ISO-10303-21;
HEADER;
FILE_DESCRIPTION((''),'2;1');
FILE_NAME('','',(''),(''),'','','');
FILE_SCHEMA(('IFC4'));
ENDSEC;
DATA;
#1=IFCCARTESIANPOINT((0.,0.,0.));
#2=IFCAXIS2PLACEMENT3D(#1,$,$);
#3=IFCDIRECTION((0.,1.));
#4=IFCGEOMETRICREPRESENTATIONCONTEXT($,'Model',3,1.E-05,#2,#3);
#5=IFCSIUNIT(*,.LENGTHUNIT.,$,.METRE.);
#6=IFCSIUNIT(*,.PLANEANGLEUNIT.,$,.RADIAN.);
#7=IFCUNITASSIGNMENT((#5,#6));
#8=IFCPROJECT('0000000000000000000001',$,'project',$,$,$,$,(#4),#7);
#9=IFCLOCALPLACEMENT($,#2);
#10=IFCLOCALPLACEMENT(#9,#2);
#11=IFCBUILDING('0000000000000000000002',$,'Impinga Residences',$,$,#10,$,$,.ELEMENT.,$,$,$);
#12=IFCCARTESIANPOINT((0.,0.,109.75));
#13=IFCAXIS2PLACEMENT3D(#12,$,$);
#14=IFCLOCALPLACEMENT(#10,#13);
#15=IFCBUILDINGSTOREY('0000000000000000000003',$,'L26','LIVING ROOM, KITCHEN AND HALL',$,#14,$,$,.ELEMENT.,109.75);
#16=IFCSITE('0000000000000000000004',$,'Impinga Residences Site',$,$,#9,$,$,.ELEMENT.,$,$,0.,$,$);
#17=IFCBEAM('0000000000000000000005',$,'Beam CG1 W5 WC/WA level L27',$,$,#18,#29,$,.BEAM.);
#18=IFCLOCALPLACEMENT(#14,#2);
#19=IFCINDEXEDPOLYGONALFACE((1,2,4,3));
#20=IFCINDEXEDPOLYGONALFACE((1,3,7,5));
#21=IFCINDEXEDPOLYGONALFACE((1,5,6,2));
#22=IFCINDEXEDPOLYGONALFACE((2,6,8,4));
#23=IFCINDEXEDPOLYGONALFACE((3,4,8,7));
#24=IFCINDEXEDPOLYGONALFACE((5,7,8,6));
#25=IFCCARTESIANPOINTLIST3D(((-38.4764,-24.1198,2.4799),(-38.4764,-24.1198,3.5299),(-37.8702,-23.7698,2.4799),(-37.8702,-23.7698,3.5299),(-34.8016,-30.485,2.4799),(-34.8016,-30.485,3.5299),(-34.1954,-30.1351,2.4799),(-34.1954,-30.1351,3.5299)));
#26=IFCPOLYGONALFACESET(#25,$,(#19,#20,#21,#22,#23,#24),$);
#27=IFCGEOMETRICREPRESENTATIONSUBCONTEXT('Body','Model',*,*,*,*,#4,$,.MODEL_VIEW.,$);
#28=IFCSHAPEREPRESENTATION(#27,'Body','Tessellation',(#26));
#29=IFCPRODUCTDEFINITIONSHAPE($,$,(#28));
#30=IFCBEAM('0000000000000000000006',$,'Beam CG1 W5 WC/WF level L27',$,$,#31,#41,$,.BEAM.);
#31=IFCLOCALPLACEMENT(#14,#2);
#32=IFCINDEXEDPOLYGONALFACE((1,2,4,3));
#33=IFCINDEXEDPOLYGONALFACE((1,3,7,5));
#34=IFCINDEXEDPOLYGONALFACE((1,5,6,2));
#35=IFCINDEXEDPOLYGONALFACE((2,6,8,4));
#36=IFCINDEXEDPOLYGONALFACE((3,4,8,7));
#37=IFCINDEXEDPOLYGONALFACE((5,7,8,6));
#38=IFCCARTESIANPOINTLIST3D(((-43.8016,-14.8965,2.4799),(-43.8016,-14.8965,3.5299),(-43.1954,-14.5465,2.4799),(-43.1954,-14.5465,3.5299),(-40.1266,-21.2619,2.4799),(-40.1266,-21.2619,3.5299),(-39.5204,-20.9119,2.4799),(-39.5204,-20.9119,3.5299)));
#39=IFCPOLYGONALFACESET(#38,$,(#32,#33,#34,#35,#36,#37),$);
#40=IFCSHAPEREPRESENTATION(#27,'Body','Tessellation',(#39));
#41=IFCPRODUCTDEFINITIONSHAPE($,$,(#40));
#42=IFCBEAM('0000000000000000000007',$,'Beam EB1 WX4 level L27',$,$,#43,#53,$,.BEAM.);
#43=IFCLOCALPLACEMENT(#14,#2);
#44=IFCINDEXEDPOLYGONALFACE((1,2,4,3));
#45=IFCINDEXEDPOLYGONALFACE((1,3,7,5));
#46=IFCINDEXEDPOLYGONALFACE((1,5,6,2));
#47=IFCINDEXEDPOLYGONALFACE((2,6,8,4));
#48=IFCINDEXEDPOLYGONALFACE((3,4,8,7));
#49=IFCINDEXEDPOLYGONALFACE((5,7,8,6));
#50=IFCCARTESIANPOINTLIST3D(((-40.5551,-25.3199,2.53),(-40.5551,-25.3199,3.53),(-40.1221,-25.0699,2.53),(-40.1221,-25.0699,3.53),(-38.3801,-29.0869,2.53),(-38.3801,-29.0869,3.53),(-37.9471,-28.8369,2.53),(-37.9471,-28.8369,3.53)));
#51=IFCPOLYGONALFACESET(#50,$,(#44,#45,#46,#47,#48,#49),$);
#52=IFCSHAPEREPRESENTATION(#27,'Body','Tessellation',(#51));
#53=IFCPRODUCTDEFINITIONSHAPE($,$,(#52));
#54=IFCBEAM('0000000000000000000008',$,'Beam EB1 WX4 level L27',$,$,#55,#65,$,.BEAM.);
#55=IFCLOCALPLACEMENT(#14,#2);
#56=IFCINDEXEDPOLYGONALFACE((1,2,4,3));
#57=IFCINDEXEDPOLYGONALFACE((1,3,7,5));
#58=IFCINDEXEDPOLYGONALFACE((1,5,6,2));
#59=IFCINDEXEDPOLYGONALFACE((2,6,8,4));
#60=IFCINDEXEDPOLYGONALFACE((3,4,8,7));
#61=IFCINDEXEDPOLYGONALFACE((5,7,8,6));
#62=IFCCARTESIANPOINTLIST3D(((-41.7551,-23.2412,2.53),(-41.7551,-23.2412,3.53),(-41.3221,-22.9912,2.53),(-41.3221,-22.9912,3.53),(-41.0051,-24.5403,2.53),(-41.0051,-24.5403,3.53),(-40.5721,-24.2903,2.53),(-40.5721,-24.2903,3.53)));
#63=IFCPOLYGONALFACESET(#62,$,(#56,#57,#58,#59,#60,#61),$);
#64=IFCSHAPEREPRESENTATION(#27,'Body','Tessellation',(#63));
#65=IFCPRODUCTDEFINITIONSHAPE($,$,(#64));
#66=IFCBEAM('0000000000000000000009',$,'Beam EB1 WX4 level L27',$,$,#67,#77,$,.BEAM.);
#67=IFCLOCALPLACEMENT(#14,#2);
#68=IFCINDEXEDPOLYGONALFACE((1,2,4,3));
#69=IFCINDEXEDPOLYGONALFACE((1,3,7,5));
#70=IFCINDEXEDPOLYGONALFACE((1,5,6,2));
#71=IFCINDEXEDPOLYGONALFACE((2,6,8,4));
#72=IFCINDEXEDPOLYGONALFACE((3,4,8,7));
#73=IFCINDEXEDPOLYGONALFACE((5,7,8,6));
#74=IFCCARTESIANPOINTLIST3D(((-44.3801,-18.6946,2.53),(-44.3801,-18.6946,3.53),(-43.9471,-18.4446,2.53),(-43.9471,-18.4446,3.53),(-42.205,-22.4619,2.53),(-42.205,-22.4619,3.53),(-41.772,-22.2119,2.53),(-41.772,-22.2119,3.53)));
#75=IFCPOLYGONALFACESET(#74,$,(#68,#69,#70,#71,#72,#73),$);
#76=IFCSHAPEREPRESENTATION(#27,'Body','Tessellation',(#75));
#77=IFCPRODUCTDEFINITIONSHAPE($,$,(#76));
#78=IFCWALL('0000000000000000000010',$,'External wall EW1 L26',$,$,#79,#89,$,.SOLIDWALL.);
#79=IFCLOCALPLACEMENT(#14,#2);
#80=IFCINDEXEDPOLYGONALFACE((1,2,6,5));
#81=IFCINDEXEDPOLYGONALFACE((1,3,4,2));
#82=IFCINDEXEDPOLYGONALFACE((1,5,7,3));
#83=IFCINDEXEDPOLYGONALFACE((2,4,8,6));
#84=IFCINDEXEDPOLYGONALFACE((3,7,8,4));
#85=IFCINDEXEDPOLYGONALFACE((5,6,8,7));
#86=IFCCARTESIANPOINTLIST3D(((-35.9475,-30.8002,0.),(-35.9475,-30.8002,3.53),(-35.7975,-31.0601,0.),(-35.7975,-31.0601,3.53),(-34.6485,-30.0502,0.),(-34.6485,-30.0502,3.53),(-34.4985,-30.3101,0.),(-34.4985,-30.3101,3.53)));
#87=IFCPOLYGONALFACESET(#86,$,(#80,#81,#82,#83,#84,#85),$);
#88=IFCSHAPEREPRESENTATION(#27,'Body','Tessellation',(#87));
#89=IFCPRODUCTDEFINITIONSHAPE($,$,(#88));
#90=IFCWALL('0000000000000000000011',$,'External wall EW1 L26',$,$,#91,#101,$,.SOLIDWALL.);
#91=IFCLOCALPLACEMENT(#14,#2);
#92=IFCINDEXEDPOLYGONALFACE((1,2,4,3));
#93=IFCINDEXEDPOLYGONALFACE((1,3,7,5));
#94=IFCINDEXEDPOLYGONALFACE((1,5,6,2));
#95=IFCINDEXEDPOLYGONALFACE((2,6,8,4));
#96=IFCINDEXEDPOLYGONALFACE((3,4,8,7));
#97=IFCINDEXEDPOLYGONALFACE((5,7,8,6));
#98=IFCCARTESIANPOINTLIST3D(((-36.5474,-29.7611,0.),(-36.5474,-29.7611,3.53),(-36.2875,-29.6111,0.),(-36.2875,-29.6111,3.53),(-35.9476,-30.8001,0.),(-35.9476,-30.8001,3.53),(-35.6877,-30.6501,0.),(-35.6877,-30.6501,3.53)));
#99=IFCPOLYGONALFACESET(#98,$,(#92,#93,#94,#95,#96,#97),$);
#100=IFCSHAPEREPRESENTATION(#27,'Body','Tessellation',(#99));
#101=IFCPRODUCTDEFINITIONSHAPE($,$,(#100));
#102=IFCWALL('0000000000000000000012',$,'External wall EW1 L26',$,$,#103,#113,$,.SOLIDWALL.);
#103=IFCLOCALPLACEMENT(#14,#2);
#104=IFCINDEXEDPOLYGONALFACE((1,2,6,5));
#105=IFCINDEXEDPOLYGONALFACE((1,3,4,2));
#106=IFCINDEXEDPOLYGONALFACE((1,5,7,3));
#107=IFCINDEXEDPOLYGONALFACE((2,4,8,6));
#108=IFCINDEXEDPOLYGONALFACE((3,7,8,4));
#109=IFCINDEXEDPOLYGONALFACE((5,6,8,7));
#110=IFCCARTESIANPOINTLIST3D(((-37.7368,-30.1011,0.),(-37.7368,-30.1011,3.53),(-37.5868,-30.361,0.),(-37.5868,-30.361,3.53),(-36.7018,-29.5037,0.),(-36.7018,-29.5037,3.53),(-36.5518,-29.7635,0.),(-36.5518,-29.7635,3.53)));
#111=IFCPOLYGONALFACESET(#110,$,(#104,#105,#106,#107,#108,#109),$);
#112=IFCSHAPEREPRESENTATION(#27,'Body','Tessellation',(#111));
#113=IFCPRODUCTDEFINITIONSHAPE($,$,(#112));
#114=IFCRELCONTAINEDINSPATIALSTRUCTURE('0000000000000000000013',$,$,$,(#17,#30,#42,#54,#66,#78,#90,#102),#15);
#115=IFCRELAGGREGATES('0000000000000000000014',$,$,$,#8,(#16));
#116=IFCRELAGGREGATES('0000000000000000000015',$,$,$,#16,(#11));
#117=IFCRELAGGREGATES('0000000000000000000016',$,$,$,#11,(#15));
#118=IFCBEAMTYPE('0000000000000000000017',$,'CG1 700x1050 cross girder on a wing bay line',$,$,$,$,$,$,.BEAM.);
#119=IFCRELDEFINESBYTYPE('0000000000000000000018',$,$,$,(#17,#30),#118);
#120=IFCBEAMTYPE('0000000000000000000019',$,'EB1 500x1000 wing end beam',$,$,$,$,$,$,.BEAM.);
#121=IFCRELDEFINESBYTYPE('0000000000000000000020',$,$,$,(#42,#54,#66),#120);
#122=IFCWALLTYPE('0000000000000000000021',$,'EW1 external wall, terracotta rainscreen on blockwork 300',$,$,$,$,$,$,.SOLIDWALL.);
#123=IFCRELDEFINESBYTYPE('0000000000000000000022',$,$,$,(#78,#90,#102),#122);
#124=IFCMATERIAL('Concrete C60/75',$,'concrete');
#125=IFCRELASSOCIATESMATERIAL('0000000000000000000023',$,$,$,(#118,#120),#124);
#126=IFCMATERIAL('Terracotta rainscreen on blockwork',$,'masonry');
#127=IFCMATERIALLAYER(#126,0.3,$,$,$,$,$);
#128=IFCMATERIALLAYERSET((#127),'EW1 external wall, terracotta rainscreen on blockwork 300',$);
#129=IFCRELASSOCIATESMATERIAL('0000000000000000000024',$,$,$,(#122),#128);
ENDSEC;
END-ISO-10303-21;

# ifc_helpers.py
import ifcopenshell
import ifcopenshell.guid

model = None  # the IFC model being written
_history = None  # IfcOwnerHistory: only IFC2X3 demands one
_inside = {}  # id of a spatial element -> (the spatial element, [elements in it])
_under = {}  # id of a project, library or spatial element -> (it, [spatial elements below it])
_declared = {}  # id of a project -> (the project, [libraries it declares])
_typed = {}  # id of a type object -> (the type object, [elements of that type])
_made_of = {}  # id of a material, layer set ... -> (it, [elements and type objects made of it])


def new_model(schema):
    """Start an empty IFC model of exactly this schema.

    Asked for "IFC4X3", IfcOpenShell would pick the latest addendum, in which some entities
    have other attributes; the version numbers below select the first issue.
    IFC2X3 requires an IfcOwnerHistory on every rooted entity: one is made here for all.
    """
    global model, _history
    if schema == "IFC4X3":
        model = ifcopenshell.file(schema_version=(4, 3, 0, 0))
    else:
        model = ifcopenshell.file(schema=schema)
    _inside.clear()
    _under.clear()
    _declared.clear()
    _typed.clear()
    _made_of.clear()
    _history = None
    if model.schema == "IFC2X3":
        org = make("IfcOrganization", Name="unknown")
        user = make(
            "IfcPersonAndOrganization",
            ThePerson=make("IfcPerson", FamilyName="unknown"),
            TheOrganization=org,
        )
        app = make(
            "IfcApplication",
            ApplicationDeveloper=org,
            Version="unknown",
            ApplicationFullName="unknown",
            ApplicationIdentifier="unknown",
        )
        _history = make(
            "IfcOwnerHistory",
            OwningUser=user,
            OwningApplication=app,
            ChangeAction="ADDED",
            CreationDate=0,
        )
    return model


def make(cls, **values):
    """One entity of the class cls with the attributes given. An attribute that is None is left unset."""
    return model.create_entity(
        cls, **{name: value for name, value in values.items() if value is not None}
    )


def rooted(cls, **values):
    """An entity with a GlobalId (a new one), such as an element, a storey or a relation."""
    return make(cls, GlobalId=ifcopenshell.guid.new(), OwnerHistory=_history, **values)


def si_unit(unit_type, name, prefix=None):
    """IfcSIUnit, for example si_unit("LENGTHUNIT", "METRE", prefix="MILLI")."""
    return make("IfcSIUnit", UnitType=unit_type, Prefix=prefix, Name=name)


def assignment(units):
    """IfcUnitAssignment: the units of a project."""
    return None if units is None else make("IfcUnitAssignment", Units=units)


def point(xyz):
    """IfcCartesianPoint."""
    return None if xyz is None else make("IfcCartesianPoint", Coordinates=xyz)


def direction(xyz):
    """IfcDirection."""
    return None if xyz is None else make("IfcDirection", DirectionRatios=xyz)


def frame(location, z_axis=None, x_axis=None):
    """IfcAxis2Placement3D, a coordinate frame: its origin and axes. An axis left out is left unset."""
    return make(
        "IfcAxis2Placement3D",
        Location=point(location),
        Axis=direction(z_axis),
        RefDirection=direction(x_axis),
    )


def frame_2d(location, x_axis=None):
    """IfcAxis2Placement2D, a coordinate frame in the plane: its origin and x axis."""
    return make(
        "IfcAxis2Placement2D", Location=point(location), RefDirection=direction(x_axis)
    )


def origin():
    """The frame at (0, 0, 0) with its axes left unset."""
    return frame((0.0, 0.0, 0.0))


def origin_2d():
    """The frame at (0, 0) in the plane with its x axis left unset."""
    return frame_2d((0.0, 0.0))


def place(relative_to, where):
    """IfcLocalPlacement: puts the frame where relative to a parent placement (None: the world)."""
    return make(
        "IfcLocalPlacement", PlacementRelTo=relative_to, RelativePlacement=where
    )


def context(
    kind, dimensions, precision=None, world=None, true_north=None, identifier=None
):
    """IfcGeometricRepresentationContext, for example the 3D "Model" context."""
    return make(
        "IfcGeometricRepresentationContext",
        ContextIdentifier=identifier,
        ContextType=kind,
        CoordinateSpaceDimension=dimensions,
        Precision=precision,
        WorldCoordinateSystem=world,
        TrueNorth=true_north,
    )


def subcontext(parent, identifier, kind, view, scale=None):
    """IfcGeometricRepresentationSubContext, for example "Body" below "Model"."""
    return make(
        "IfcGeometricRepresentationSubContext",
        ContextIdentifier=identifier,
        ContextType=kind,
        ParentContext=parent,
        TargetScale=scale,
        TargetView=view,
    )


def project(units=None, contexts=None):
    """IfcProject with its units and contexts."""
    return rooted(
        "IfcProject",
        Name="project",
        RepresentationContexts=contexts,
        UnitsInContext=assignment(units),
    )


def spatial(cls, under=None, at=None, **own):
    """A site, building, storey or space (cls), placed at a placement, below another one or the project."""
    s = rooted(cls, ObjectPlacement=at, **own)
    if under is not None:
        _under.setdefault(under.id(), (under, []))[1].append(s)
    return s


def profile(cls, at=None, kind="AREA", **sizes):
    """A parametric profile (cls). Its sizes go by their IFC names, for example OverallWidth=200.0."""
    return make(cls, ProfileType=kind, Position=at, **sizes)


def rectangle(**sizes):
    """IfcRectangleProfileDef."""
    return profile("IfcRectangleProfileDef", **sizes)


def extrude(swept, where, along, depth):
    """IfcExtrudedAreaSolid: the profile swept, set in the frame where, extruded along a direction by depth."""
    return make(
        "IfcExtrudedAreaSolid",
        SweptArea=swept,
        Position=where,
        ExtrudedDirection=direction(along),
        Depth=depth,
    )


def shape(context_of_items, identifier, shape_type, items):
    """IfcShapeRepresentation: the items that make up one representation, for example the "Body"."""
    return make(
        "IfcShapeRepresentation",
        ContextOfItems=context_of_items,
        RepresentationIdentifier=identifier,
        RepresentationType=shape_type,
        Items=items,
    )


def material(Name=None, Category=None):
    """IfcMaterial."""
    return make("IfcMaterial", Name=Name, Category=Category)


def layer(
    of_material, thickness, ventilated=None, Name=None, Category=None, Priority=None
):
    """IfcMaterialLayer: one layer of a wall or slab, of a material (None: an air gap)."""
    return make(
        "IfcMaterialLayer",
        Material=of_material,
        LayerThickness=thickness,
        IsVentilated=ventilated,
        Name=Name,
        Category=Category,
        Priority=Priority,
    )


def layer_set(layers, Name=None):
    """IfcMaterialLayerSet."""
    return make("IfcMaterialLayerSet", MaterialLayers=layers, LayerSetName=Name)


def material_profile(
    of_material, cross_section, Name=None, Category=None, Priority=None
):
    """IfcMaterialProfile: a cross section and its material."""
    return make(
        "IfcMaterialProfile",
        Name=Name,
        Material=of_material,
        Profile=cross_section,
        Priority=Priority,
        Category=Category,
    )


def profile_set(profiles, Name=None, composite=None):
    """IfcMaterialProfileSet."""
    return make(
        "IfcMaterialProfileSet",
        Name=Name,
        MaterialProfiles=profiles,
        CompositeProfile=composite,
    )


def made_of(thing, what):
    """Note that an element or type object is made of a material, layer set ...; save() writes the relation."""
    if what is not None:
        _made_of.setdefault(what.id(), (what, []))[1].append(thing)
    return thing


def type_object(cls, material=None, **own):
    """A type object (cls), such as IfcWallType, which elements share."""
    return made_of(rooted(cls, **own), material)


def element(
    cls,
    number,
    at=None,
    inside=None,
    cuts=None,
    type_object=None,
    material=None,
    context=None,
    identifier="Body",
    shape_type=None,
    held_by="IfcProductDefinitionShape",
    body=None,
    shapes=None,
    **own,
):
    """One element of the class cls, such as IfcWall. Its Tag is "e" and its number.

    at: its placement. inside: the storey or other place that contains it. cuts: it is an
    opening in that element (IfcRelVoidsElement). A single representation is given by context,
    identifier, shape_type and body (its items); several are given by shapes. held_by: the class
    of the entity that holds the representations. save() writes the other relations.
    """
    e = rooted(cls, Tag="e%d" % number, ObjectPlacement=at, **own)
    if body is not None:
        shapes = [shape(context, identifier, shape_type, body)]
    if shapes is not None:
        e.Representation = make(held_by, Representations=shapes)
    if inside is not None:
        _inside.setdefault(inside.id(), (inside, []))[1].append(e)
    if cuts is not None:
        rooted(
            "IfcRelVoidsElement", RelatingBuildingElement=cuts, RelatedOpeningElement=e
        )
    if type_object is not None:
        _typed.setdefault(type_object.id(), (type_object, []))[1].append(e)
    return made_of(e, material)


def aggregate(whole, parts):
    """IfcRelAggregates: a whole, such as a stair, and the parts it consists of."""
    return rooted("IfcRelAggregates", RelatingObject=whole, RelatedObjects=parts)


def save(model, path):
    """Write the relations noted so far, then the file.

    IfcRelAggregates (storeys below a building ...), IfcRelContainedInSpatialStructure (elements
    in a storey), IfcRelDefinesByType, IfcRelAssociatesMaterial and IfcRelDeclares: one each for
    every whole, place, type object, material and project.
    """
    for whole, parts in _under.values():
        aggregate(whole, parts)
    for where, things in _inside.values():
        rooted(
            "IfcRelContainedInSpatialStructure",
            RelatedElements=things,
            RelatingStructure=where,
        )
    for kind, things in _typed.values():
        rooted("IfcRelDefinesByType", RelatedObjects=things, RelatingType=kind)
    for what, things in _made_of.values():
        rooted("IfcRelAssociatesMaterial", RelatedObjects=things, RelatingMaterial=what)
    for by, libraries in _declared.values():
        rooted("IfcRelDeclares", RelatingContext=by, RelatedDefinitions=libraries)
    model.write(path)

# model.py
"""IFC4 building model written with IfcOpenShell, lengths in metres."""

from ifc_helpers import new_model, si_unit, direction, frame, frame_2d, origin, origin_2d, place, context, subcontext, project, spatial, rectangle, extrude, material, layer, layer_set, material_profile, profile_set, type_object, element, save


model = new_model("IFC4")

# Units and contexts
model_context = context("Model", 3, precision=1e-05, world=origin(), true_north=direction((0.0, 1.0)))
body_context = subcontext(model_context, "Body", "Model", "MODEL_VIEW")
ifc_project = project(units=[si_unit("LENGTHUNIT", "METRE"), si_unit("PLANEANGLEUNIT", "RADIAN")], contexts=[model_context])

# Site, building, storey
site_placement = place(None, origin())
site = spatial("IfcSite", under=ifc_project, at=site_placement, Name="Impinga Residences Site", CompositionType="ELEMENT", RefElevation=0.0)
building_placement = place(site_placement, origin())
building = spatial("IfcBuilding", under=site, at=building_placement, Name="Impinga Residences", CompositionType="ELEMENT")
storey_placement = place(building_placement, frame((0.0, 0.0, 109.75)))
storey = spatial("IfcBuildingStorey", under=building, at=storey_placement, Name="L26", Description="LIVING ROOM, KITCHEN AND HALL", CompositionType="ELEMENT", Elevation=109.75)

# Beams
ifc_material_1 = material(Name="Concrete C60/75", Category="concrete")
ifc_material_profile_1 = material_profile(ifc_material_1, rectangle(XDim=0.7, YDim=1.05, at=origin_2d()), Name="RC 700x1050")
ifc_profile_set_1 = profile_set([ifc_material_profile_1], Name="Concrete C60/75")
beam_type_1 = type_object("IfcBeamType", Name="CG1 700x1050 cross girder on a wing bay line", PredefinedType="BEAM", material=ifc_profile_set_1)
beam_1_placement = place(storey_placement, frame((-38.1733, -23.9448, 3.0049), z_axis=(0.499983, -0.866035, 0.0), x_axis=(0.866035, 0.499983, 0.0)))
element("IfcBeam", 1, at=beam_1_placement, inside=storey, type_object=beam_type_1, Name="Beam CG1 W5 WC/WA level L27", PredefinedType="BEAM", context=body_context, shape_type="SweptSolid", body=[
    extrude(rectangle(XDim=0.7, YDim=1.05, at=origin_2d()), origin(), (0.0, 0.0, 1.0), 7.3499),
])
beam_2_placement = place(storey_placement, frame((-39.8235, -21.0869, 3.0049), z_axis=(-0.499994, 0.866029, 0.0), x_axis=(-0.866029, -0.499994, 0.0)))
element("IfcBeam", 2, at=beam_2_placement, inside=storey, type_object=beam_type_1, Name="Beam CG1 W5 WC/WF level L27", PredefinedType="BEAM", context=body_context, shape_type="SweptSolid", body=[
    extrude(rectangle(XDim=0.7, YDim=1.05, at=origin_2d()), origin(), (0.0, 0.0, 1.0), 7.3501),
])
ifc_material_profile_2 = material_profile(ifc_material_1, rectangle(XDim=0.5, YDim=1.0, at=origin_2d()), Name="RC 500x1000")
ifc_profile_set_2 = profile_set([ifc_material_profile_2], Name="Concrete C60/75")
beam_type_2 = type_object("IfcBeamType", Name="EB1 500x1000 wing end beam", PredefinedType="BEAM", material=ifc_profile_set_2)
beam_3_placement = place(storey_placement, frame((-38.1636, -28.9619, 3.03), z_axis=(-0.50002, 0.866014, 0.0), x_axis=(-0.866014, -0.50002, 0.0)))
element("IfcBeam", 3, at=beam_3_placement, inside=storey, type_object=beam_type_2, Name="Beam EB1 WX4 level L27", PredefinedType="BEAM", context=body_context, shape_type="SweptSolid", body=[
    extrude(rectangle(XDim=0.5, YDim=1.0, at=origin_2d()), origin(), (0.0, 0.0, 1.0), 4.3499),
])
beam_4_placement = place(storey_placement, frame((-40.7886, -24.4153, 3.03), z_axis=(-0.49999, 0.866031, 0.0), x_axis=(-0.866031, -0.49999, 0.0)))
element("IfcBeam", 4, at=beam_4_placement, inside=storey, type_object=beam_type_2, Name="Beam EB1 WX4 level L27", PredefinedType="BEAM", context=body_context, shape_type="SweptSolid", body=[
    extrude(rectangle(XDim=0.5, YDim=1.0, at=origin_2d()), origin(), (0.0, 0.0, 1.0), 1.5),
])
beam_5_placement = place(storey_placement, frame((-41.9885, -22.3369, 3.03), z_axis=(-0.499996, 0.866028, 0.0), x_axis=(-0.866028, -0.499996, 0.0)))
element("IfcBeam", 5, at=beam_5_placement, inside=storey, type_object=beam_type_2, Name="Beam EB1 WX4 level L27", PredefinedType="BEAM", context=body_context, shape_type="SweptSolid", body=[
    extrude(rectangle(XDim=0.5, YDim=1.0, at=origin_2d()), origin(), (0.0, 0.0, 1.0), 4.3501),
])

# Walls
ifc_material_2 = material(Name="Terracotta rainscreen on blockwork", Category="masonry")
ifc_layer_1 = layer(ifc_material_2, 0.3)
ifc_layer_set_1 = layer_set([ifc_layer_1], Name="EW1 external wall, terracotta rainscreen on blockwork 300")
wall_type_1 = type_object("IfcWallType", Name="EW1 external wall, terracotta rainscreen on blockwork 300", PredefinedType="SOLIDWALL", material=ifc_layer_set_1)
wall_1_placement = place(storey_placement, frame((-34.5735, -30.1802, 0.0), z_axis=(0.0, 0.0, 1.0), x_axis=(-0.866031, -0.49999, 0.0)))
element("IfcWall", 6, at=wall_1_placement, inside=storey, type_object=wall_type_1, Name="External wall EW1 L26", PredefinedType="SOLIDWALL", context=body_context, shape_type="SweptSolid", body=[
    extrude(rectangle(XDim=1.5, YDim=0.3, at=frame_2d((0.75, 0.0))), origin(), (0.0, 0.0, 1.0), 3.53),
])
wall_2_placement = place(storey_placement, frame((-35.8176, -30.7251, 0.0), z_axis=(0.0, 0.0, 1.0), x_axis=(-0.499969, 0.866043, 0.0)))
element("IfcWall", 7, at=wall_2_placement, inside=storey, type_object=wall_type_1, Name="External wall EW1 L26", PredefinedType="SOLIDWALL", context=body_context, shape_type="SweptSolid", body=[
    extrude(rectangle(XDim=1.1997, YDim=0.3, at=frame_2d((0.5999, 0.0))), origin(), (0.0, 0.0, 1.0), 3.53),
])
wall_3_placement = place(storey_placement, frame((-36.6267, -29.6335, 0.0), z_axis=(0.0, 0.0, 1.0), x_axis=(-0.86606, -0.499941, 0.0)))
element("IfcWall", 8, at=wall_3_placement, inside=storey, type_object=wall_type_1, Name="External wall EW1 L26", PredefinedType="SOLIDWALL", context=body_context, shape_type="SweptSolid", body=[
    extrude(rectangle(XDim=1.1951, YDim=0.3, at=frame_2d((0.5977, 0.0))), origin(), (0.0, 0.0, 1.0), 3.53),
])

save(model, "model.ifc")
